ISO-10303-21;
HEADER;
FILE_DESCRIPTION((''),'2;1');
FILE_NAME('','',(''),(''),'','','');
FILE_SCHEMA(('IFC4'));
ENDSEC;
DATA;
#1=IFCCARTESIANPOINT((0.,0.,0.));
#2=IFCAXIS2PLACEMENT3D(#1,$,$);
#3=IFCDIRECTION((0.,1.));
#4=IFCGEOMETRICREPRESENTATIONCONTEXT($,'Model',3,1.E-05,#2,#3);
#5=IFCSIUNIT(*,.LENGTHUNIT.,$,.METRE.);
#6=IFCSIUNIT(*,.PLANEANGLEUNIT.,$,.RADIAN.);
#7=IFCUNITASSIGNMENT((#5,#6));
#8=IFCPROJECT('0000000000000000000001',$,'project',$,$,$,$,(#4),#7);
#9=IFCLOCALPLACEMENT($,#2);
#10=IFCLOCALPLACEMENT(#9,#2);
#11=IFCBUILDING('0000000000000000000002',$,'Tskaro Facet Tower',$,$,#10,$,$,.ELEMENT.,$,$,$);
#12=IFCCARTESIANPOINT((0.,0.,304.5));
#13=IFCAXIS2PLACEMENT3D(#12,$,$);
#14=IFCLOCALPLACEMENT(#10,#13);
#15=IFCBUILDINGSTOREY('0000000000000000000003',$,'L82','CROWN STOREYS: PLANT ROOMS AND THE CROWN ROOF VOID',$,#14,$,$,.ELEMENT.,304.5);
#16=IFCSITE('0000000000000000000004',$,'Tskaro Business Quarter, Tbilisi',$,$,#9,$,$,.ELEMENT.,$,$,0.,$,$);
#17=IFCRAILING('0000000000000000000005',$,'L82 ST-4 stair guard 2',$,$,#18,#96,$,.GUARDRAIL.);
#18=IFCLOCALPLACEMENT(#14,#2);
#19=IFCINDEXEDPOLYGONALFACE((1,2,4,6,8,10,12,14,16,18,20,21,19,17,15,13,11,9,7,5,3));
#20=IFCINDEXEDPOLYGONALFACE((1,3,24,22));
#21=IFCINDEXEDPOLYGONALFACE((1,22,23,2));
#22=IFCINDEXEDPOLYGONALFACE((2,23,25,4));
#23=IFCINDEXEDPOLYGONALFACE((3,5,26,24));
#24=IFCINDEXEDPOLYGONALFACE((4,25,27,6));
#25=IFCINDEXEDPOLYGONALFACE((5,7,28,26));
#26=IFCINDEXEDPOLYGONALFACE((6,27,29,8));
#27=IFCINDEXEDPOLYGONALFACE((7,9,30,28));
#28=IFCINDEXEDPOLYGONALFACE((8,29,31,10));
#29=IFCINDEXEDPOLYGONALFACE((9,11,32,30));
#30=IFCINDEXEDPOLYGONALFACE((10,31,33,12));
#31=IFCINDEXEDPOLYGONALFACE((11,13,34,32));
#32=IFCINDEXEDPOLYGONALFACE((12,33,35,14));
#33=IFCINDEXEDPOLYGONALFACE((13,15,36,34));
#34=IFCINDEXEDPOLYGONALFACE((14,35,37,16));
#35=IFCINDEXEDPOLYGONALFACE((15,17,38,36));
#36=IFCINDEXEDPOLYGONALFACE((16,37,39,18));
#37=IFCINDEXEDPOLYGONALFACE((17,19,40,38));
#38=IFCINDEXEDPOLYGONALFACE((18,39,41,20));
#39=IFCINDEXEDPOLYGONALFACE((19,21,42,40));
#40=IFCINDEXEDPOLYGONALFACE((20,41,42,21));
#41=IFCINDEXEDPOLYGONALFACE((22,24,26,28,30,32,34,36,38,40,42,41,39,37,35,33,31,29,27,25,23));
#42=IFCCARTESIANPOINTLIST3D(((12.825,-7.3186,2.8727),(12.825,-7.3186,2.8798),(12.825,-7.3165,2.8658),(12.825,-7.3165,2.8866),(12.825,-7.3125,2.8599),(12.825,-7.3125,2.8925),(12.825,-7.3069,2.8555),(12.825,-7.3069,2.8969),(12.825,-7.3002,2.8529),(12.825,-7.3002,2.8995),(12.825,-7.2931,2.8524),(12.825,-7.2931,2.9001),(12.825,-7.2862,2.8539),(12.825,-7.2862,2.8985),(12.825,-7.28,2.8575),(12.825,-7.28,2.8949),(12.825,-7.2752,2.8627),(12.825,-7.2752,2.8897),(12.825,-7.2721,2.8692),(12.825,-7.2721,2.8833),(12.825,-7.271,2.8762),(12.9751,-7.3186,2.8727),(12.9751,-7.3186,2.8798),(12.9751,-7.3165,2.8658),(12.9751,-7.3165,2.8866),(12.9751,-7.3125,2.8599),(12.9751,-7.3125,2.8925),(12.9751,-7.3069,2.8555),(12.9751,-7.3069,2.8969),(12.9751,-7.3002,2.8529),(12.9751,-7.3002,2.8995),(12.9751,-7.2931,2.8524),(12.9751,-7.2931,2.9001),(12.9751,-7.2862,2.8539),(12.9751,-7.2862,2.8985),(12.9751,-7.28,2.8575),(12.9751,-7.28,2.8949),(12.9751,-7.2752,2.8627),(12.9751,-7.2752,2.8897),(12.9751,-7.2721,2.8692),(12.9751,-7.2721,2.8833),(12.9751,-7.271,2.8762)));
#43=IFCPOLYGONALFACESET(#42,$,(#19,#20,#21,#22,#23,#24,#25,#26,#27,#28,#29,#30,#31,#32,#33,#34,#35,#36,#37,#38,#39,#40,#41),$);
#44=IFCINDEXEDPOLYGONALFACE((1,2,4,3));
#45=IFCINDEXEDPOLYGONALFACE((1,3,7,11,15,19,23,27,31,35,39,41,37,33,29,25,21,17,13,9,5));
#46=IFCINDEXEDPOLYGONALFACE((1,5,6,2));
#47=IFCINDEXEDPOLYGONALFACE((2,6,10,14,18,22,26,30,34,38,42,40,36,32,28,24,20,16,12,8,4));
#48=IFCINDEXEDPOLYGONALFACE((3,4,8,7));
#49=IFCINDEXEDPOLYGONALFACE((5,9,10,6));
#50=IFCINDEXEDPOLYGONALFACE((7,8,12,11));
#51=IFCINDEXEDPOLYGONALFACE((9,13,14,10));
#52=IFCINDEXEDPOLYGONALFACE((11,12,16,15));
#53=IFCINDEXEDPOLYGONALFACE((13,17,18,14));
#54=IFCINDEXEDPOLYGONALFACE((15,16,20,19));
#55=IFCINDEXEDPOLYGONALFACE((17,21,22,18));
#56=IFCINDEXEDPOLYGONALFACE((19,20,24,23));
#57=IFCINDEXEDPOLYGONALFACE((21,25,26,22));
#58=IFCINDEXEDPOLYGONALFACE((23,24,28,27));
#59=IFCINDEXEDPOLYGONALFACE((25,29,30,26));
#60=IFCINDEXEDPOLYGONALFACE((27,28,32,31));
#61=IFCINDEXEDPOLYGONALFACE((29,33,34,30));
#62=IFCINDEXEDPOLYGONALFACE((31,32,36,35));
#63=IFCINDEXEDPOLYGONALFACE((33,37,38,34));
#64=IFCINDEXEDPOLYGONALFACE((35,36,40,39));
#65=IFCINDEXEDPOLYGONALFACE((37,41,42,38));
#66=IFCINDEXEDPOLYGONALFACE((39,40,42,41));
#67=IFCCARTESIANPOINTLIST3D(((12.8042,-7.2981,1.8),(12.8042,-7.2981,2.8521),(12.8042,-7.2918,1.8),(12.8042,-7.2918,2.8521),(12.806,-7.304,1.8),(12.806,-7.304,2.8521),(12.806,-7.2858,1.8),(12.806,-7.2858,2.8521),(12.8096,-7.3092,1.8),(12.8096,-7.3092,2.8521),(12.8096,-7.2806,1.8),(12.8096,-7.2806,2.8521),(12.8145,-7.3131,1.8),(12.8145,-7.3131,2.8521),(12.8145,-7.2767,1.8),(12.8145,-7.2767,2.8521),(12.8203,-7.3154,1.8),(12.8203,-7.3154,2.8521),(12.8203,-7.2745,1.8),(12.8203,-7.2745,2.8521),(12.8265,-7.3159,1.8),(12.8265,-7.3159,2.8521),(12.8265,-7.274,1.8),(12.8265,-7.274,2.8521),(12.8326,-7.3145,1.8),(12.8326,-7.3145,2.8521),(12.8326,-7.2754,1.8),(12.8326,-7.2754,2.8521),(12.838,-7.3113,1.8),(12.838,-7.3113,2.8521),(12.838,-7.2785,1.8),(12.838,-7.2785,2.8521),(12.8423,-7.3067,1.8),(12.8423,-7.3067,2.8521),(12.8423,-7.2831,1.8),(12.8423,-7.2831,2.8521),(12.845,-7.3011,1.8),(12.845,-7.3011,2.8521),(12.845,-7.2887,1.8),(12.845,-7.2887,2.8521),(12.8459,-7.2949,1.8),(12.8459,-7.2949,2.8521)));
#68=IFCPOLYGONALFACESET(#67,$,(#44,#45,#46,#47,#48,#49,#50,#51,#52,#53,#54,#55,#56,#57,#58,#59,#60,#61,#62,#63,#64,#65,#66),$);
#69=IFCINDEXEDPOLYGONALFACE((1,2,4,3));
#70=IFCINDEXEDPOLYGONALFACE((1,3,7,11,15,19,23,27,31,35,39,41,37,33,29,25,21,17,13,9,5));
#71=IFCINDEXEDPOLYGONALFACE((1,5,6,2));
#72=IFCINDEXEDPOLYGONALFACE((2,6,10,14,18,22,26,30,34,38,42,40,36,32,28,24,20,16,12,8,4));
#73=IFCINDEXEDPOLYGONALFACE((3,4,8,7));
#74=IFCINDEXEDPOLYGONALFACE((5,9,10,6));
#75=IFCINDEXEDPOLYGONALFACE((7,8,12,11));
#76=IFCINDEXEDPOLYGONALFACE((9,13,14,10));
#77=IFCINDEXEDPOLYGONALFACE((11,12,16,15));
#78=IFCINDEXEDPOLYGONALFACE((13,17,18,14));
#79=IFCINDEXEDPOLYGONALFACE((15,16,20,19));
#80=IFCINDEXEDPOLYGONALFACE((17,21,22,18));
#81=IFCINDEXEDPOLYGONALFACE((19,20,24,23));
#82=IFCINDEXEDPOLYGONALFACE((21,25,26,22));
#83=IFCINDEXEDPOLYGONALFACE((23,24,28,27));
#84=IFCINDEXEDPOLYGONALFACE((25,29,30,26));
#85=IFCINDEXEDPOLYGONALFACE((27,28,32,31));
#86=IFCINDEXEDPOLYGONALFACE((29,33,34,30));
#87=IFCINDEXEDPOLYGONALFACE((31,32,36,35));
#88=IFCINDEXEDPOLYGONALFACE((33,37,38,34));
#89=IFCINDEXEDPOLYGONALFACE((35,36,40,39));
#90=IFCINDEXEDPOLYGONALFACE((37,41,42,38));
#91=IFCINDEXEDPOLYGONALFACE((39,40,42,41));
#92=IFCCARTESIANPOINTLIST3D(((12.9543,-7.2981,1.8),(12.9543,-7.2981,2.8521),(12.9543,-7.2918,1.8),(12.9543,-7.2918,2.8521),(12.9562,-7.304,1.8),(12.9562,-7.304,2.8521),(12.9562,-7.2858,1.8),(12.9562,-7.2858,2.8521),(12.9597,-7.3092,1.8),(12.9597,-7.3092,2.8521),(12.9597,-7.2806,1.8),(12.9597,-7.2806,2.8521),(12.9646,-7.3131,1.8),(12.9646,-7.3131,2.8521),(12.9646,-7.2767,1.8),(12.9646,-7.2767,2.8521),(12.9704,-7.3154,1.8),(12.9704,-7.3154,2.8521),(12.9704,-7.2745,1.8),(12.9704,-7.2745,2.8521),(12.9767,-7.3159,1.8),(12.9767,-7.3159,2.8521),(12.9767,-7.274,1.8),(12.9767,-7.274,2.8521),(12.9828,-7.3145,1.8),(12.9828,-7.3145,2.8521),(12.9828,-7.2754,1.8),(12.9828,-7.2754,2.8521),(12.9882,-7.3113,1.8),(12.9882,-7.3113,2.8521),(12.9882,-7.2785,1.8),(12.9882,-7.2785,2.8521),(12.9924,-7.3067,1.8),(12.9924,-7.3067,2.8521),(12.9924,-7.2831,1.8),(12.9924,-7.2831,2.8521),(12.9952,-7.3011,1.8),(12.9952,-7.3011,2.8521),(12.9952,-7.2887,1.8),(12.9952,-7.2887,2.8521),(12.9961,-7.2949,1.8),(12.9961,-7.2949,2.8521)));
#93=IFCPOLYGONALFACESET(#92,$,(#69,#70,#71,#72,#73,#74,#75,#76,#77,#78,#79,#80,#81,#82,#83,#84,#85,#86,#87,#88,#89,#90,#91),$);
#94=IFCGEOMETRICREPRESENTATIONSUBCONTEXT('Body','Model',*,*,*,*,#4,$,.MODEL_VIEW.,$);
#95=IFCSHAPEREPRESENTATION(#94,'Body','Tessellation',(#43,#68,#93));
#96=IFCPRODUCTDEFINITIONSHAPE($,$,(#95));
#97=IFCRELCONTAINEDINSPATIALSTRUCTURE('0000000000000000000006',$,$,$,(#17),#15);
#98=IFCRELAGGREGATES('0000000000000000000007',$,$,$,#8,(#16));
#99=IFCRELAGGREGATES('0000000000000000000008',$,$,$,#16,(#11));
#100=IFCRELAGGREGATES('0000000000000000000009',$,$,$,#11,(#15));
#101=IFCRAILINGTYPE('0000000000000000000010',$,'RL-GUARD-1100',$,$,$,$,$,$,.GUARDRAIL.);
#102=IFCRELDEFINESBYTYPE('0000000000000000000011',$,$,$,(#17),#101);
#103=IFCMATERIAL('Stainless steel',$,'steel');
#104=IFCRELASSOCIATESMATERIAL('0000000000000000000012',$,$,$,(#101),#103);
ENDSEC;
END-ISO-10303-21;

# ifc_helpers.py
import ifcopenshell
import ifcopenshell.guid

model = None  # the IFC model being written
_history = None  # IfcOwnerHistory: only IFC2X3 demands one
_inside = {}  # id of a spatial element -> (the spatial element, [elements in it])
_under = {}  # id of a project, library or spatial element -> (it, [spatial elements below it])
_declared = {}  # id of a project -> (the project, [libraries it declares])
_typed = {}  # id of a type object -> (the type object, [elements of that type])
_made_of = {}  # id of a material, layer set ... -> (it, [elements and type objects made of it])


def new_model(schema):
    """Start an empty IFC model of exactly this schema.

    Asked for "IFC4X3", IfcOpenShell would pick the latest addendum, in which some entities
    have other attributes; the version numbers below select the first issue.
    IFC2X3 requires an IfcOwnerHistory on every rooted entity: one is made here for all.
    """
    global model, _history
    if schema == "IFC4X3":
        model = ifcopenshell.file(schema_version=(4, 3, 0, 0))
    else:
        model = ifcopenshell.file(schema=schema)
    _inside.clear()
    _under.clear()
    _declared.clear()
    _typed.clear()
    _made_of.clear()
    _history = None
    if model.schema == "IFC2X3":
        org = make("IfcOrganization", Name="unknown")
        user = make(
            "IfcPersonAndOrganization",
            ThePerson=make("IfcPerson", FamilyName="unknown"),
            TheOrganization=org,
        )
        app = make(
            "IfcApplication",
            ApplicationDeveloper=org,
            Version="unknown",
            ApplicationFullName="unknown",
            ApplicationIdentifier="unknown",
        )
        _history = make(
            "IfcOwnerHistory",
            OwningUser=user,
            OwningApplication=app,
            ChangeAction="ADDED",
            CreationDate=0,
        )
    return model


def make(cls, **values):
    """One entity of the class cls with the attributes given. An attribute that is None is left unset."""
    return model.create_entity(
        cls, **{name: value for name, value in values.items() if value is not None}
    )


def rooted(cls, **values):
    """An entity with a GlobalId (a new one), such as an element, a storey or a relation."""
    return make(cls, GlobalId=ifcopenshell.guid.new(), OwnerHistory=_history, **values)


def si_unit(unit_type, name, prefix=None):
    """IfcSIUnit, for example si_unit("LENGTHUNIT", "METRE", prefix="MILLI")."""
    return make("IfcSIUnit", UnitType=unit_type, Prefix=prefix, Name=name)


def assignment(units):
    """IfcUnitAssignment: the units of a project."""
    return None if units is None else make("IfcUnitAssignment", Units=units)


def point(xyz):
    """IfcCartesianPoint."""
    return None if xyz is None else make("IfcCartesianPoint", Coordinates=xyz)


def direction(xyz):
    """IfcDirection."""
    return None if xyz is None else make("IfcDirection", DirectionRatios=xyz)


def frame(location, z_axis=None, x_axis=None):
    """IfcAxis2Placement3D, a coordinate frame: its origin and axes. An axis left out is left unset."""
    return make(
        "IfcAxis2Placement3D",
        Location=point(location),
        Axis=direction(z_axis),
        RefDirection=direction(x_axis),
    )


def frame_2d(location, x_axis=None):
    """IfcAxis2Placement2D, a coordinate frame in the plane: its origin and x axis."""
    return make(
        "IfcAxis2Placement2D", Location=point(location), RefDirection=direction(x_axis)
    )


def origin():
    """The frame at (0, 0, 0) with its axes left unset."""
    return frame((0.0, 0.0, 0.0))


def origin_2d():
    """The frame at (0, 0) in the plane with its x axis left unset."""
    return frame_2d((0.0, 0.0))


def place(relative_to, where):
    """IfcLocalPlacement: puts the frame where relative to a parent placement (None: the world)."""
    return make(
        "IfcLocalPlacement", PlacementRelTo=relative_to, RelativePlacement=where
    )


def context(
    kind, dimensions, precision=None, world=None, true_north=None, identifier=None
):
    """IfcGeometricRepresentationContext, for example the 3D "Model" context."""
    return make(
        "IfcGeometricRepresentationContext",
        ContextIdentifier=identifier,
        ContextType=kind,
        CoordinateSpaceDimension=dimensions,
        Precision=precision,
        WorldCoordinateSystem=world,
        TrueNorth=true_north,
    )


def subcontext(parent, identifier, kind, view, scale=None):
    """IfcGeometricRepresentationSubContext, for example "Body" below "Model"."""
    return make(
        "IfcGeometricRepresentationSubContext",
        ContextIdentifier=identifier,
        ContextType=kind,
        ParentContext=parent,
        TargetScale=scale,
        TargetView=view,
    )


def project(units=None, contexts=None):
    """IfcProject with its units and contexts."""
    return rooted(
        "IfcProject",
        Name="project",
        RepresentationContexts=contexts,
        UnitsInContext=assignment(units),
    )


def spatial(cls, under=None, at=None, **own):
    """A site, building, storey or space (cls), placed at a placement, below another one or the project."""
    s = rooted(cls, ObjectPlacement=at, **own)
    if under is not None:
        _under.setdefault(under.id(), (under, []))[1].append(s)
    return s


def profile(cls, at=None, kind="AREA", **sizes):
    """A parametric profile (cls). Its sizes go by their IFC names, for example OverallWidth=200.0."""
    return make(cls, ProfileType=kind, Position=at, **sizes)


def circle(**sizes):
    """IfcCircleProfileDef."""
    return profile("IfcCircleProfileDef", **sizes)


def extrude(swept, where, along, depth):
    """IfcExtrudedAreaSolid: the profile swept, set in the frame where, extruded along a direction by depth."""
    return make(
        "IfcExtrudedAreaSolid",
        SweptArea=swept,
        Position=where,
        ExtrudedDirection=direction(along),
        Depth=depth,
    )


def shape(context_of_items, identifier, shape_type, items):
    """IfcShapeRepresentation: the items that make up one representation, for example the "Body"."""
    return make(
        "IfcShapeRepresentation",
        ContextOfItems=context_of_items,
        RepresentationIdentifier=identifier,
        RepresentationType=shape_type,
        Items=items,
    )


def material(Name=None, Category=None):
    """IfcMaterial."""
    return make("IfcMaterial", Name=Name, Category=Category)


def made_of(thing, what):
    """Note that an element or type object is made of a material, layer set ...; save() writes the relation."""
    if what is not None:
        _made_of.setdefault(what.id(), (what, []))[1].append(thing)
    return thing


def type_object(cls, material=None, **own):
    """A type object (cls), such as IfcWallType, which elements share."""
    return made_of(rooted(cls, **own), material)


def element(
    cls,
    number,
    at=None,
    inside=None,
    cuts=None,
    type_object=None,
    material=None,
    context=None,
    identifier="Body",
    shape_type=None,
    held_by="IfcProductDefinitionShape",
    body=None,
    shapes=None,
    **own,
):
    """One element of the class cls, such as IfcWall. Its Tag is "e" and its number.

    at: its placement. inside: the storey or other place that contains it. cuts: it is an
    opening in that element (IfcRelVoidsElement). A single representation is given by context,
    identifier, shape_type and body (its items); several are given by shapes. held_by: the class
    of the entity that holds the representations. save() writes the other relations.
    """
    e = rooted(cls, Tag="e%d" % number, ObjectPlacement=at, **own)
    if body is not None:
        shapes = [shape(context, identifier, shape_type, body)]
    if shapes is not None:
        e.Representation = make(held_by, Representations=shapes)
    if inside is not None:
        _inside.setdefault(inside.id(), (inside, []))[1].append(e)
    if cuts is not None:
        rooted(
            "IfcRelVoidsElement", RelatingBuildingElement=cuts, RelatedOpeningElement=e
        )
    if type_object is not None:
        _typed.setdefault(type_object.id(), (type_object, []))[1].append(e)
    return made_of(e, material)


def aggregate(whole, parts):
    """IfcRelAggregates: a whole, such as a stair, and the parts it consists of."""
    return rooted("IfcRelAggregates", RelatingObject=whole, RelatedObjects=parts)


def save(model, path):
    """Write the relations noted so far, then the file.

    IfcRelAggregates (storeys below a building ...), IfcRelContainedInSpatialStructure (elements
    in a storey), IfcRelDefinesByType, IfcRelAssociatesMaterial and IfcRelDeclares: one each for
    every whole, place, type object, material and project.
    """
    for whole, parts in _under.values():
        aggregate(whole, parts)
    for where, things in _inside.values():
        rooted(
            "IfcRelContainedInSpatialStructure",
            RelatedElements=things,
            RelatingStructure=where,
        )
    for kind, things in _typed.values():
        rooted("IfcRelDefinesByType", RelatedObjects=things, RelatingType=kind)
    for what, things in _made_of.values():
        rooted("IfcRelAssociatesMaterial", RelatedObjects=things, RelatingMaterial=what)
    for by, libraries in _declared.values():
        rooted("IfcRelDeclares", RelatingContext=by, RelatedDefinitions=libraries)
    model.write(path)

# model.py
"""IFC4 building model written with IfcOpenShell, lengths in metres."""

from ifc_helpers import new_model, si_unit, direction, frame, origin, origin_2d, place, context, subcontext, project, spatial, circle, extrude, material, type_object, element, save


model = new_model("IFC4")

# Units and contexts
model_context = context("Model", 3, precision=1e-05, world=origin(), true_north=direction((0.0, 1.0)))
body_context = subcontext(model_context, "Body", "Model", "MODEL_VIEW")
ifc_project = project(units=[si_unit("LENGTHUNIT", "METRE"), si_unit("PLANEANGLEUNIT", "RADIAN")], contexts=[model_context])

# Site, building, storey
site_placement = place(None, origin())
site = spatial("IfcSite", under=ifc_project, at=site_placement, Name="Tskaro Business Quarter, Tbilisi", CompositionType="ELEMENT", RefElevation=0.0)
building_placement = place(site_placement, origin())
building = spatial("IfcBuilding", under=site, at=building_placement, Name="Tskaro Facet Tower", CompositionType="ELEMENT")
storey_placement = place(building_placement, frame((0.0, 0.0, 304.5)))
storey = spatial("IfcBuildingStorey", under=building, at=storey_placement, Name="L82", Description="CROWN STOREYS: PLANT ROOMS AND THE CROWN ROOF VOID", CompositionType="ELEMENT", Elevation=304.5)

# Railing
ifc_material_1 = material(Name="Stainless steel", Category="steel")
railing_type_1 = type_object("IfcRailingType", Name="RL-GUARD-1100", PredefinedType="GUARDRAIL", material=ifc_material_1)
railing_1_placement = place(storey_placement, frame((12.825, -7.2949, 1.8)))
element("IfcRailing", 1, at=railing_1_placement, inside=storey, type_object=railing_type_1, Name="L82 ST-4 stair guard 2", PredefinedType="GUARDRAIL", context=body_context, shape_type="SweptSolid", body=[
    extrude(circle(Radius=0.0239, at=origin_2d()), frame((0.0, 0.0, 1.0762), z_axis=(1.0, 0.0, 0.0), x_axis=(0.0, 1.0, 0.0)), (0.0, 0.0, 1.0), 0.1501),
    extrude(circle(Radius=0.021, at=origin_2d()), origin(), (0.0, 0.0, 1.0), 1.052),
    extrude(circle(Radius=0.021, at=origin_2d()), frame((0.1501, 0.0, 0.0)), (0.0, 0.0, 1.0), 1.052),
])

save(model, "model.ifc")
